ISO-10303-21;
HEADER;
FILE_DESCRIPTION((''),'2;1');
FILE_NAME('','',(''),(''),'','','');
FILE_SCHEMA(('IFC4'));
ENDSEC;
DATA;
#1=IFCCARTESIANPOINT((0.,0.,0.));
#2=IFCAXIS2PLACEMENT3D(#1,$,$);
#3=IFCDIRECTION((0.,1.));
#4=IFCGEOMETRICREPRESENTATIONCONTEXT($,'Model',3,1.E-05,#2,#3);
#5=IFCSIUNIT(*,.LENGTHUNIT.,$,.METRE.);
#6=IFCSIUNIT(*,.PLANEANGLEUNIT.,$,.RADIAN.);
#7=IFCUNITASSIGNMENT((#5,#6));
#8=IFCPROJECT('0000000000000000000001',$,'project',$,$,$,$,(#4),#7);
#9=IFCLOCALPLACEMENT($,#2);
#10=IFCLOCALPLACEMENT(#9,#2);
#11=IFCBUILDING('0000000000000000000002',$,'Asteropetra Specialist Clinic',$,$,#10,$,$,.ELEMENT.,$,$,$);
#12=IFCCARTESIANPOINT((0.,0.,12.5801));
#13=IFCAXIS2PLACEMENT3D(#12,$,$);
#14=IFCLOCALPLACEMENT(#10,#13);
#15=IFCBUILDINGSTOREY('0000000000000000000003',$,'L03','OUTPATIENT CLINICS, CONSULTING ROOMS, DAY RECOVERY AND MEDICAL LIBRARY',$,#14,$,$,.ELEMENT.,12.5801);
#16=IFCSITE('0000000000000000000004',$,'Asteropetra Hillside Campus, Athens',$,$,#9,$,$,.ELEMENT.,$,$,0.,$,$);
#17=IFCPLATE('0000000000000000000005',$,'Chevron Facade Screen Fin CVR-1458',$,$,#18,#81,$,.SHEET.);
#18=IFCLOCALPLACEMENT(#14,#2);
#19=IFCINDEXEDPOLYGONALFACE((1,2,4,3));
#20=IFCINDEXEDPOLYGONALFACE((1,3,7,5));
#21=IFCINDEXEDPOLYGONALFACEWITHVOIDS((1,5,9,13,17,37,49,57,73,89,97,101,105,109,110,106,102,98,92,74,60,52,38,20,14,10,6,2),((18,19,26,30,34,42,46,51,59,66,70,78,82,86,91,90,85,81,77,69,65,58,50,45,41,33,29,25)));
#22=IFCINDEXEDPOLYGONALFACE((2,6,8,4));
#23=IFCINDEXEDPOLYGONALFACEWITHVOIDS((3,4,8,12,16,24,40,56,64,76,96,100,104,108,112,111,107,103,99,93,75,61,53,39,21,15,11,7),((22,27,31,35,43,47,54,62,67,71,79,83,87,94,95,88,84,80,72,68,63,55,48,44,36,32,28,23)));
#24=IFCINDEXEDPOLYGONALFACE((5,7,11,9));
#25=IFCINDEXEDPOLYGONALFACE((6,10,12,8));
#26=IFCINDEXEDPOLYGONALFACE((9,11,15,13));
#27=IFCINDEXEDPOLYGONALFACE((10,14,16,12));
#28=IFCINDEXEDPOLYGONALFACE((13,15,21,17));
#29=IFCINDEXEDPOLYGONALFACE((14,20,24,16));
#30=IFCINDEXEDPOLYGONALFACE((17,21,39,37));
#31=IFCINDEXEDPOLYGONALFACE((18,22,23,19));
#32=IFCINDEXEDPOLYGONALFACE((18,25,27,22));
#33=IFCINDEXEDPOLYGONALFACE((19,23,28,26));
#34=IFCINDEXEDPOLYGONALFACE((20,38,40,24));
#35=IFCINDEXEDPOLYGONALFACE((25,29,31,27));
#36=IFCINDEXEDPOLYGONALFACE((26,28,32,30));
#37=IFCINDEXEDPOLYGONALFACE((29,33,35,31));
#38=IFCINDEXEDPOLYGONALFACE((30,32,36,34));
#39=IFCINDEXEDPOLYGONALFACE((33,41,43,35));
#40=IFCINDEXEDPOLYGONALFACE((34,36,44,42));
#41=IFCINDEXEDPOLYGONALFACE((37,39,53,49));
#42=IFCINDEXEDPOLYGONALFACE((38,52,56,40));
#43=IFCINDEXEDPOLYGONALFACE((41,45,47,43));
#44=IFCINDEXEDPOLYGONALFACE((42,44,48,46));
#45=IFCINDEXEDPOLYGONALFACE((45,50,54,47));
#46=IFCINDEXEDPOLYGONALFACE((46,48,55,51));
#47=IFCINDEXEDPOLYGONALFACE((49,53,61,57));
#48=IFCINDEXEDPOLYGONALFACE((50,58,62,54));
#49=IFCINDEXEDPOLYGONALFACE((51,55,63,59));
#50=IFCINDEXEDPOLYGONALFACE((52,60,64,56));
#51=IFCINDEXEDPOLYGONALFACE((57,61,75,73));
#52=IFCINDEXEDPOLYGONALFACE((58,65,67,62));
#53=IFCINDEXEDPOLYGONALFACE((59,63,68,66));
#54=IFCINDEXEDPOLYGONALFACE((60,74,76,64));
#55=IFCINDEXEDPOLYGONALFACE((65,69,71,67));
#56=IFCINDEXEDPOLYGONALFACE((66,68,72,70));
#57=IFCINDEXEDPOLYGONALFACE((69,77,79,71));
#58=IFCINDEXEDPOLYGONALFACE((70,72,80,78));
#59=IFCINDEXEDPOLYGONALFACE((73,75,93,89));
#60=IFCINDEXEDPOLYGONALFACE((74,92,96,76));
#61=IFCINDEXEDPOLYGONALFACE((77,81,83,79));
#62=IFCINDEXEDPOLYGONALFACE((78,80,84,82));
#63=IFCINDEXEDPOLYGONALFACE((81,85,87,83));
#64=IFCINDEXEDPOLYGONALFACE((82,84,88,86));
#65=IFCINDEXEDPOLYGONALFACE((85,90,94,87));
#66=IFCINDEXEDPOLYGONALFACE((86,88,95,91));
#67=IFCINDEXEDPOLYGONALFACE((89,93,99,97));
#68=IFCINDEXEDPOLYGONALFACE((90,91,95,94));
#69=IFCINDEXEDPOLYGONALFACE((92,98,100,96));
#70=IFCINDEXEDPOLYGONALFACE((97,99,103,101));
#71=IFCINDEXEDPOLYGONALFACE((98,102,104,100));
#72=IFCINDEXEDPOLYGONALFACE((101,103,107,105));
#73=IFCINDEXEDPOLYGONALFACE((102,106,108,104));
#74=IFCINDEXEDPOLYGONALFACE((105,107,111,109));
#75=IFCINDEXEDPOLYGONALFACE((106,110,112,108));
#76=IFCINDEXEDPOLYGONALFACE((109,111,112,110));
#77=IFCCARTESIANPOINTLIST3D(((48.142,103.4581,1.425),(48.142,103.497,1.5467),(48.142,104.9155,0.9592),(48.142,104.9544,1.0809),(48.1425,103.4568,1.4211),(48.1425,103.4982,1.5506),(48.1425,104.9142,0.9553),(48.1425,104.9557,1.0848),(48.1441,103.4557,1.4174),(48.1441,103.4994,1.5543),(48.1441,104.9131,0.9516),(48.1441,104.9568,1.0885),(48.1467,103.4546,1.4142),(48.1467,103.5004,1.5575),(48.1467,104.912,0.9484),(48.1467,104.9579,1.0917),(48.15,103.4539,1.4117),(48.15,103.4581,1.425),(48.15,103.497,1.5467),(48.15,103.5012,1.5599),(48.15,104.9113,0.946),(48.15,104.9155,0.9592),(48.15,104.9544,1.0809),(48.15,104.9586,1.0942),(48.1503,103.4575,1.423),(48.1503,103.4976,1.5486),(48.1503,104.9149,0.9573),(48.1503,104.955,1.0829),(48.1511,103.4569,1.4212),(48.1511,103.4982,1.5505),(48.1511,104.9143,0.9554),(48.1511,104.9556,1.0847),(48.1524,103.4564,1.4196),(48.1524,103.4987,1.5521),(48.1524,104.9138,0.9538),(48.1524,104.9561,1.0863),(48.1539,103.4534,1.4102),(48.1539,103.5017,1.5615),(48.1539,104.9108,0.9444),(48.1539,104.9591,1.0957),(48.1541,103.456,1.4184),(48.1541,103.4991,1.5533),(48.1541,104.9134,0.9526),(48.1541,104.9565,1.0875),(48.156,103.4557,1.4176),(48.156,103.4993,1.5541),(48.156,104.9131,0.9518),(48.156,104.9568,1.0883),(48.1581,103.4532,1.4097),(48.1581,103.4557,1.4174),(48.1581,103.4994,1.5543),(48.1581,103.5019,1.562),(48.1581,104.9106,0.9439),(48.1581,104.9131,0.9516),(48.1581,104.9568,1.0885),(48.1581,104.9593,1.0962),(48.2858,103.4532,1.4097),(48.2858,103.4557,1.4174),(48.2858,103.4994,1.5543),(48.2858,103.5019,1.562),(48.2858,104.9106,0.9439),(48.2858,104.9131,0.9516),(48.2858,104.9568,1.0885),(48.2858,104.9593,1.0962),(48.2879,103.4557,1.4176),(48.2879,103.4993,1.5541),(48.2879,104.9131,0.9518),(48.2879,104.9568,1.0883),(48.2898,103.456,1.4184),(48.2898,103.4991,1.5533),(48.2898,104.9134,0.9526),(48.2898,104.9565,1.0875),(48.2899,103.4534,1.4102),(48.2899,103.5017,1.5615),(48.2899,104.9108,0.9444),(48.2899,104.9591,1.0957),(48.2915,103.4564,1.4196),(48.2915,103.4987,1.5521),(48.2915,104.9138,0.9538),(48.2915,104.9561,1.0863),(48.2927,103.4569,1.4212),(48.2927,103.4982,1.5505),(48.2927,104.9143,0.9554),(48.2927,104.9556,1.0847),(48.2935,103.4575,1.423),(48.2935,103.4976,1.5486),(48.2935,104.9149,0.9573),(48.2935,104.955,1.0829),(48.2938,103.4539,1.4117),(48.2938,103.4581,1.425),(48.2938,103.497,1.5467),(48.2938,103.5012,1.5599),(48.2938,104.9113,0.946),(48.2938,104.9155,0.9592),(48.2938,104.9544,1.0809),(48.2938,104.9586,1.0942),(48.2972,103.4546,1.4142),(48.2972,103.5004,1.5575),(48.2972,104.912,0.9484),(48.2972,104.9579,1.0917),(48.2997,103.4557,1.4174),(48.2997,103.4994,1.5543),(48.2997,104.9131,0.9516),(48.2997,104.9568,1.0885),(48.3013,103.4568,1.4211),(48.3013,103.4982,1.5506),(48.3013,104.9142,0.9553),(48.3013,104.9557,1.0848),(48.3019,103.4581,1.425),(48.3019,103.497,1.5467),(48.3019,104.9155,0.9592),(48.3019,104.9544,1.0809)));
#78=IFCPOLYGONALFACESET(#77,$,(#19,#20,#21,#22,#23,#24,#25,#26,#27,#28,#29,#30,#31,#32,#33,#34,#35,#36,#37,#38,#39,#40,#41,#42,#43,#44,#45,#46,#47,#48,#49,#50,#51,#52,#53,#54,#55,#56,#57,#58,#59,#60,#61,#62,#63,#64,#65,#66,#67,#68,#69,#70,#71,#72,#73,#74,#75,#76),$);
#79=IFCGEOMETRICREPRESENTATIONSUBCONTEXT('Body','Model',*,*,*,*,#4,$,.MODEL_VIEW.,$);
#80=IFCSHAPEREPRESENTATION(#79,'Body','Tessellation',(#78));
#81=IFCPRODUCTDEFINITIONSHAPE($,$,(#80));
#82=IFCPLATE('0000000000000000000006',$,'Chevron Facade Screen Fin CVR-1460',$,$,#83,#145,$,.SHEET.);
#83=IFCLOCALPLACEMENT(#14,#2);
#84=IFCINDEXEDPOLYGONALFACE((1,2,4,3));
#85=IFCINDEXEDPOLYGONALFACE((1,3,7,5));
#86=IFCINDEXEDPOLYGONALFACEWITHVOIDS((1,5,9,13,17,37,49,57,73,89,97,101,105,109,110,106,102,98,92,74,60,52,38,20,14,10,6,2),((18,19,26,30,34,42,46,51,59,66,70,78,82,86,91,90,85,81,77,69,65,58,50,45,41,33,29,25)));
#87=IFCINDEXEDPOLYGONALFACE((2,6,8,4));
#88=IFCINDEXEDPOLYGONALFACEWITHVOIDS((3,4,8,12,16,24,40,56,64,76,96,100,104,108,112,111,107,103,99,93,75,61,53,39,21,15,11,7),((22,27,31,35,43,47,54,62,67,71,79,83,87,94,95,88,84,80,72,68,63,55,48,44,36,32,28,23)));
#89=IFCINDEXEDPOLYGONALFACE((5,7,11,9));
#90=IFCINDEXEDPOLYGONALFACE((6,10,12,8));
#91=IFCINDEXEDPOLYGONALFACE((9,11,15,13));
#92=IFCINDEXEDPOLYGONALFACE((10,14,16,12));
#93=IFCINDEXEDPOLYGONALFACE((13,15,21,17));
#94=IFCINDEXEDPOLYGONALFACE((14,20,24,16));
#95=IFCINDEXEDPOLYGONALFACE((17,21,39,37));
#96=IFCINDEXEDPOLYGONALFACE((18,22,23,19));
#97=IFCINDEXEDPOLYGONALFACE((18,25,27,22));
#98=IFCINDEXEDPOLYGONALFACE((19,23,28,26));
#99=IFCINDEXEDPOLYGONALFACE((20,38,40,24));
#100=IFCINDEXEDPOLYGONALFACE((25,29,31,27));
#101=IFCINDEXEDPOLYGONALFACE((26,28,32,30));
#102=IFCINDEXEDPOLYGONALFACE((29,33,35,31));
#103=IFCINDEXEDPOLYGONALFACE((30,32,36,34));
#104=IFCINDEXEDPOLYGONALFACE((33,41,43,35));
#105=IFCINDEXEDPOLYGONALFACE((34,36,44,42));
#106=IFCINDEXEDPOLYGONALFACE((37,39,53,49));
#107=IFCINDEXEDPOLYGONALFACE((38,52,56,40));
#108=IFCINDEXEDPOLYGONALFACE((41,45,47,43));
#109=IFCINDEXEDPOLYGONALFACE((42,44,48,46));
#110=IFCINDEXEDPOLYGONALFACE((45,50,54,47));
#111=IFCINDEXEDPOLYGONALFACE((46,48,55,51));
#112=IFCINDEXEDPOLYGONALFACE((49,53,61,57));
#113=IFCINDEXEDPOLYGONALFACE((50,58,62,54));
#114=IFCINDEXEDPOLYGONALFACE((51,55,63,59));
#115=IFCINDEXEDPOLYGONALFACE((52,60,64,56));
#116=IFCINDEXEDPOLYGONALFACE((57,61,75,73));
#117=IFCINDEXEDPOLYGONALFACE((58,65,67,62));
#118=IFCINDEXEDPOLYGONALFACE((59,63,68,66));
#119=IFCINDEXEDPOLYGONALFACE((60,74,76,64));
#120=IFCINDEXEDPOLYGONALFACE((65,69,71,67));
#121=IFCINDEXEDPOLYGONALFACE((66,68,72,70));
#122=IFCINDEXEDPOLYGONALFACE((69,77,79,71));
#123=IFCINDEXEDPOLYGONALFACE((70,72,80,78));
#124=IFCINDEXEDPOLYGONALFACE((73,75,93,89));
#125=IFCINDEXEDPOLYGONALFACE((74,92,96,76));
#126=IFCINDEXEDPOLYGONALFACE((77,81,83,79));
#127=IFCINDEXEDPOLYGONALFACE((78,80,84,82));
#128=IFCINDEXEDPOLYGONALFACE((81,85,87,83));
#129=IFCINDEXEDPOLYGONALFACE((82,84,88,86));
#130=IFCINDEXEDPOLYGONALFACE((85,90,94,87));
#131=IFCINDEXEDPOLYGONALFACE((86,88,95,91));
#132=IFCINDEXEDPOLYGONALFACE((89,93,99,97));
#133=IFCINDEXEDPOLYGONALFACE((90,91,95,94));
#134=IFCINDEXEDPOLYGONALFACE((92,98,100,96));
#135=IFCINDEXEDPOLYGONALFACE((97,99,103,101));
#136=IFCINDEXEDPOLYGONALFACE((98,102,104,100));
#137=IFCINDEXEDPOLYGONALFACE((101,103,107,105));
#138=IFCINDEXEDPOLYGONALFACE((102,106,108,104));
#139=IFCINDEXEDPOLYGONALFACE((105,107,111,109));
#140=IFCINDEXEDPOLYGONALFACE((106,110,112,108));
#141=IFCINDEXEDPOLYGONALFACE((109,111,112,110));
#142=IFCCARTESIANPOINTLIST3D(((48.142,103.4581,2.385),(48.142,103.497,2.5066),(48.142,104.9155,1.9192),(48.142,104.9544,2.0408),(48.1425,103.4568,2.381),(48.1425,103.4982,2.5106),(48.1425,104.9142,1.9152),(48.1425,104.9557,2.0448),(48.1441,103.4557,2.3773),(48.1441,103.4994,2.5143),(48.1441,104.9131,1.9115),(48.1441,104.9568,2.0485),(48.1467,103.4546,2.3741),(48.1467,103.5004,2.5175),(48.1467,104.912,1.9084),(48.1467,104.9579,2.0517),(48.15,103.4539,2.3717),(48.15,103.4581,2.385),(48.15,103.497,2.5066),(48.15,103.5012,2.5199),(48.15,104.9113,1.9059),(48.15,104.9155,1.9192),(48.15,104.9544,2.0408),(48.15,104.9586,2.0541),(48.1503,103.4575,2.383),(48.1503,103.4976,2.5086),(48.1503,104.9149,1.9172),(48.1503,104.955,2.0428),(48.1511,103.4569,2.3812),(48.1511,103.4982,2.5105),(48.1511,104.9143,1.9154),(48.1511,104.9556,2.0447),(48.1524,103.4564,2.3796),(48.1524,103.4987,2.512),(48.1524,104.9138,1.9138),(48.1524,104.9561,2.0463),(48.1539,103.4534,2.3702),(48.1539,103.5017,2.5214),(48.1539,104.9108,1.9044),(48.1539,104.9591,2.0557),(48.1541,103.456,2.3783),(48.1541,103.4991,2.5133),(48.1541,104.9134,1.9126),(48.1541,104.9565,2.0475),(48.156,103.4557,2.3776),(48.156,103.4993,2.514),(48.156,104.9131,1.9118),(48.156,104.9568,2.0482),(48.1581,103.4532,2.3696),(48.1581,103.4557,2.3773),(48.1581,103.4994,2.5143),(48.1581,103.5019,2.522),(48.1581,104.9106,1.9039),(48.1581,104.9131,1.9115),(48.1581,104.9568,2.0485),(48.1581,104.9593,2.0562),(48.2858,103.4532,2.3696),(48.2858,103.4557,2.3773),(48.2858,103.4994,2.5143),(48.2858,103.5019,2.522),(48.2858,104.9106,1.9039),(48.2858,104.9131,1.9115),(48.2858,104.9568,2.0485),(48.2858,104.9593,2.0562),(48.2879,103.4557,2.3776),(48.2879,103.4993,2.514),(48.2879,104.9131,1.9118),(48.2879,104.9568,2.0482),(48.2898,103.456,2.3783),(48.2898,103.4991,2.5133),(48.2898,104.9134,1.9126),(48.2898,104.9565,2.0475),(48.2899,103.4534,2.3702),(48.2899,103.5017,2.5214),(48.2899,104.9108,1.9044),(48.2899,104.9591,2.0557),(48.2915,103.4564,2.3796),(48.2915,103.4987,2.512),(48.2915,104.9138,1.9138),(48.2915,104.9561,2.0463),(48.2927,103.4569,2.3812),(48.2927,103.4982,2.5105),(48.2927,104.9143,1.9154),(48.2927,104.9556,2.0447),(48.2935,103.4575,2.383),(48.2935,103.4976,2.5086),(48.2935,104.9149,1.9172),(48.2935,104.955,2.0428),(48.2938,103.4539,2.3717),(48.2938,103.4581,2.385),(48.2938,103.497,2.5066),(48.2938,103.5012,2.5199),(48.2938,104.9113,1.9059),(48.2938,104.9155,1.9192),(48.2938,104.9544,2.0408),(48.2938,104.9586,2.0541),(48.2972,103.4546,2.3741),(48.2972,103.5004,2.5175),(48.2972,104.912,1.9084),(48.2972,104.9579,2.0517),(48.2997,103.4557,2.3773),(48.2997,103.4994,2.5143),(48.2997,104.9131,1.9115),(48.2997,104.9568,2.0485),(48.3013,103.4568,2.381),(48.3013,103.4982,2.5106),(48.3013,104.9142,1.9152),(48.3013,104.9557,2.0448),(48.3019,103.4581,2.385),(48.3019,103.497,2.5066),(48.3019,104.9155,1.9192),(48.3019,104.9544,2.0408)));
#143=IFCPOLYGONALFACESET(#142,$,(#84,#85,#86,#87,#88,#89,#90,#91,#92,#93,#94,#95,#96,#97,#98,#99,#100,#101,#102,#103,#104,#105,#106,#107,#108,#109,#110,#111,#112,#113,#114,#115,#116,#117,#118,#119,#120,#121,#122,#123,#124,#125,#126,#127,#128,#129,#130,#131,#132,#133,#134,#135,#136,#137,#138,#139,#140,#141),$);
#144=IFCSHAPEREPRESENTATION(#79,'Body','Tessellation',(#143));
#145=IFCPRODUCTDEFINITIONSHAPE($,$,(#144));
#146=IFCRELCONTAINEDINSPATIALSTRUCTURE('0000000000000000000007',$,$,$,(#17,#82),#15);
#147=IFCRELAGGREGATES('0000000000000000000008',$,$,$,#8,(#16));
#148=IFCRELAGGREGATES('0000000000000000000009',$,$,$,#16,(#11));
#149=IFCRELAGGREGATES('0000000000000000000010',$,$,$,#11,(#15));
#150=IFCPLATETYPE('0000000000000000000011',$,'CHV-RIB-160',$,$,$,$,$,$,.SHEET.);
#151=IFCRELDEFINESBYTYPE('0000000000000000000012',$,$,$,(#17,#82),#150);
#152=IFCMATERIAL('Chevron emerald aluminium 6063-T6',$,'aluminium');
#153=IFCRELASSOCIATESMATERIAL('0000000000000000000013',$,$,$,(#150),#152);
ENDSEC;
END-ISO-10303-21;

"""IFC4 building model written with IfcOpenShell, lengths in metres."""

from ifc_helpers import new_model, si_unit, direction, frame, origin, origin_2d, place, context, subcontext, project, spatial, hollow_rectangle, extrude, material, material_profile, profile_set, type_object, element, save


model = new_model("IFC4")

# Units and contexts
model_context = context("Model", 3, precision=1e-05, world=origin(), true_north=direction((0.0, 1.0)))
body_context = subcontext(model_context, "Body", "Model", "MODEL_VIEW")
ifc_project = project(units=[si_unit("LENGTHUNIT", "METRE"), si_unit("PLANEANGLEUNIT", "RADIAN")], contexts=[model_context])

# Site, building, storey
site_placement = place(None, origin())
site = spatial("IfcSite", under=ifc_project, at=site_placement, Name="Asteropetra Hillside Campus, Athens", CompositionType="ELEMENT", RefElevation=0.0)
building_placement = place(site_placement, origin())
building = spatial("IfcBuilding", under=site, at=building_placement, Name="Asteropetra Specialist Clinic", CompositionType="ELEMENT")
storey_placement = place(building_placement, frame((0.0, 0.0, 12.5801)))
storey = spatial("IfcBuildingStorey", under=building, at=storey_placement, Name="L03", Description="OUTPATIENT CLINICS, CONSULTING ROOMS, DAY RECOVERY AND MEDICAL LIBRARY", CompositionType="ELEMENT", Elevation=12.5801)

# Plates
ifc_material_1 = material(Name="Chevron emerald aluminium 6063-T6", Category="aluminium")
ifc_material_profile = material_profile(ifc_material_1, hollow_rectangle(XDim=0.1599, YDim=0.1599, WallThickness=0.0081, InnerFilletRadius=0.0081, OuterFilletRadius=0.0161, at=origin_2d()), Name="SHS 160x160x8.0")
ifc_profile_set = profile_set([ifc_material_profile], Name="Chevron emerald aluminium 6063-T6")
plate_type_1 = type_object("IfcPlateType", Name="CHV-RIB-160", PredefinedType="SHEET", material=ifc_profile_set)
for number, where, z_axis, x_axis, name in (
    (1, (48.2219, 103.4775, 1.4858), (0.0, 0.952535, -0.304428), (-1.0, 0.0, 0.0), "Chevron Facade Screen Fin CVR-1458"),
    (2, (48.2219, 103.4775, 2.4458), (0.0, 0.952535, -0.304428), (-1.0, 0.0, 0.0), "Chevron Facade Screen Fin CVR-1460"),
):
    element("IfcPlate", number, at=place(storey_placement, frame(where, z_axis=z_axis, x_axis=x_axis)), inside=storey, type_object=plate_type_1, Name=name, PredefinedType="SHEET", context=body_context, shape_type="SweptSolid", body=[
        extrude(hollow_rectangle(XDim=0.1599, YDim=0.1599, WallThickness=0.0081, InnerFilletRadius=0.0081, OuterFilletRadius=0.0161, at=origin_2d()), origin(), (0.0, 0.0, 1.0), 1.53),
    ])

save(model, "model.ifc")
